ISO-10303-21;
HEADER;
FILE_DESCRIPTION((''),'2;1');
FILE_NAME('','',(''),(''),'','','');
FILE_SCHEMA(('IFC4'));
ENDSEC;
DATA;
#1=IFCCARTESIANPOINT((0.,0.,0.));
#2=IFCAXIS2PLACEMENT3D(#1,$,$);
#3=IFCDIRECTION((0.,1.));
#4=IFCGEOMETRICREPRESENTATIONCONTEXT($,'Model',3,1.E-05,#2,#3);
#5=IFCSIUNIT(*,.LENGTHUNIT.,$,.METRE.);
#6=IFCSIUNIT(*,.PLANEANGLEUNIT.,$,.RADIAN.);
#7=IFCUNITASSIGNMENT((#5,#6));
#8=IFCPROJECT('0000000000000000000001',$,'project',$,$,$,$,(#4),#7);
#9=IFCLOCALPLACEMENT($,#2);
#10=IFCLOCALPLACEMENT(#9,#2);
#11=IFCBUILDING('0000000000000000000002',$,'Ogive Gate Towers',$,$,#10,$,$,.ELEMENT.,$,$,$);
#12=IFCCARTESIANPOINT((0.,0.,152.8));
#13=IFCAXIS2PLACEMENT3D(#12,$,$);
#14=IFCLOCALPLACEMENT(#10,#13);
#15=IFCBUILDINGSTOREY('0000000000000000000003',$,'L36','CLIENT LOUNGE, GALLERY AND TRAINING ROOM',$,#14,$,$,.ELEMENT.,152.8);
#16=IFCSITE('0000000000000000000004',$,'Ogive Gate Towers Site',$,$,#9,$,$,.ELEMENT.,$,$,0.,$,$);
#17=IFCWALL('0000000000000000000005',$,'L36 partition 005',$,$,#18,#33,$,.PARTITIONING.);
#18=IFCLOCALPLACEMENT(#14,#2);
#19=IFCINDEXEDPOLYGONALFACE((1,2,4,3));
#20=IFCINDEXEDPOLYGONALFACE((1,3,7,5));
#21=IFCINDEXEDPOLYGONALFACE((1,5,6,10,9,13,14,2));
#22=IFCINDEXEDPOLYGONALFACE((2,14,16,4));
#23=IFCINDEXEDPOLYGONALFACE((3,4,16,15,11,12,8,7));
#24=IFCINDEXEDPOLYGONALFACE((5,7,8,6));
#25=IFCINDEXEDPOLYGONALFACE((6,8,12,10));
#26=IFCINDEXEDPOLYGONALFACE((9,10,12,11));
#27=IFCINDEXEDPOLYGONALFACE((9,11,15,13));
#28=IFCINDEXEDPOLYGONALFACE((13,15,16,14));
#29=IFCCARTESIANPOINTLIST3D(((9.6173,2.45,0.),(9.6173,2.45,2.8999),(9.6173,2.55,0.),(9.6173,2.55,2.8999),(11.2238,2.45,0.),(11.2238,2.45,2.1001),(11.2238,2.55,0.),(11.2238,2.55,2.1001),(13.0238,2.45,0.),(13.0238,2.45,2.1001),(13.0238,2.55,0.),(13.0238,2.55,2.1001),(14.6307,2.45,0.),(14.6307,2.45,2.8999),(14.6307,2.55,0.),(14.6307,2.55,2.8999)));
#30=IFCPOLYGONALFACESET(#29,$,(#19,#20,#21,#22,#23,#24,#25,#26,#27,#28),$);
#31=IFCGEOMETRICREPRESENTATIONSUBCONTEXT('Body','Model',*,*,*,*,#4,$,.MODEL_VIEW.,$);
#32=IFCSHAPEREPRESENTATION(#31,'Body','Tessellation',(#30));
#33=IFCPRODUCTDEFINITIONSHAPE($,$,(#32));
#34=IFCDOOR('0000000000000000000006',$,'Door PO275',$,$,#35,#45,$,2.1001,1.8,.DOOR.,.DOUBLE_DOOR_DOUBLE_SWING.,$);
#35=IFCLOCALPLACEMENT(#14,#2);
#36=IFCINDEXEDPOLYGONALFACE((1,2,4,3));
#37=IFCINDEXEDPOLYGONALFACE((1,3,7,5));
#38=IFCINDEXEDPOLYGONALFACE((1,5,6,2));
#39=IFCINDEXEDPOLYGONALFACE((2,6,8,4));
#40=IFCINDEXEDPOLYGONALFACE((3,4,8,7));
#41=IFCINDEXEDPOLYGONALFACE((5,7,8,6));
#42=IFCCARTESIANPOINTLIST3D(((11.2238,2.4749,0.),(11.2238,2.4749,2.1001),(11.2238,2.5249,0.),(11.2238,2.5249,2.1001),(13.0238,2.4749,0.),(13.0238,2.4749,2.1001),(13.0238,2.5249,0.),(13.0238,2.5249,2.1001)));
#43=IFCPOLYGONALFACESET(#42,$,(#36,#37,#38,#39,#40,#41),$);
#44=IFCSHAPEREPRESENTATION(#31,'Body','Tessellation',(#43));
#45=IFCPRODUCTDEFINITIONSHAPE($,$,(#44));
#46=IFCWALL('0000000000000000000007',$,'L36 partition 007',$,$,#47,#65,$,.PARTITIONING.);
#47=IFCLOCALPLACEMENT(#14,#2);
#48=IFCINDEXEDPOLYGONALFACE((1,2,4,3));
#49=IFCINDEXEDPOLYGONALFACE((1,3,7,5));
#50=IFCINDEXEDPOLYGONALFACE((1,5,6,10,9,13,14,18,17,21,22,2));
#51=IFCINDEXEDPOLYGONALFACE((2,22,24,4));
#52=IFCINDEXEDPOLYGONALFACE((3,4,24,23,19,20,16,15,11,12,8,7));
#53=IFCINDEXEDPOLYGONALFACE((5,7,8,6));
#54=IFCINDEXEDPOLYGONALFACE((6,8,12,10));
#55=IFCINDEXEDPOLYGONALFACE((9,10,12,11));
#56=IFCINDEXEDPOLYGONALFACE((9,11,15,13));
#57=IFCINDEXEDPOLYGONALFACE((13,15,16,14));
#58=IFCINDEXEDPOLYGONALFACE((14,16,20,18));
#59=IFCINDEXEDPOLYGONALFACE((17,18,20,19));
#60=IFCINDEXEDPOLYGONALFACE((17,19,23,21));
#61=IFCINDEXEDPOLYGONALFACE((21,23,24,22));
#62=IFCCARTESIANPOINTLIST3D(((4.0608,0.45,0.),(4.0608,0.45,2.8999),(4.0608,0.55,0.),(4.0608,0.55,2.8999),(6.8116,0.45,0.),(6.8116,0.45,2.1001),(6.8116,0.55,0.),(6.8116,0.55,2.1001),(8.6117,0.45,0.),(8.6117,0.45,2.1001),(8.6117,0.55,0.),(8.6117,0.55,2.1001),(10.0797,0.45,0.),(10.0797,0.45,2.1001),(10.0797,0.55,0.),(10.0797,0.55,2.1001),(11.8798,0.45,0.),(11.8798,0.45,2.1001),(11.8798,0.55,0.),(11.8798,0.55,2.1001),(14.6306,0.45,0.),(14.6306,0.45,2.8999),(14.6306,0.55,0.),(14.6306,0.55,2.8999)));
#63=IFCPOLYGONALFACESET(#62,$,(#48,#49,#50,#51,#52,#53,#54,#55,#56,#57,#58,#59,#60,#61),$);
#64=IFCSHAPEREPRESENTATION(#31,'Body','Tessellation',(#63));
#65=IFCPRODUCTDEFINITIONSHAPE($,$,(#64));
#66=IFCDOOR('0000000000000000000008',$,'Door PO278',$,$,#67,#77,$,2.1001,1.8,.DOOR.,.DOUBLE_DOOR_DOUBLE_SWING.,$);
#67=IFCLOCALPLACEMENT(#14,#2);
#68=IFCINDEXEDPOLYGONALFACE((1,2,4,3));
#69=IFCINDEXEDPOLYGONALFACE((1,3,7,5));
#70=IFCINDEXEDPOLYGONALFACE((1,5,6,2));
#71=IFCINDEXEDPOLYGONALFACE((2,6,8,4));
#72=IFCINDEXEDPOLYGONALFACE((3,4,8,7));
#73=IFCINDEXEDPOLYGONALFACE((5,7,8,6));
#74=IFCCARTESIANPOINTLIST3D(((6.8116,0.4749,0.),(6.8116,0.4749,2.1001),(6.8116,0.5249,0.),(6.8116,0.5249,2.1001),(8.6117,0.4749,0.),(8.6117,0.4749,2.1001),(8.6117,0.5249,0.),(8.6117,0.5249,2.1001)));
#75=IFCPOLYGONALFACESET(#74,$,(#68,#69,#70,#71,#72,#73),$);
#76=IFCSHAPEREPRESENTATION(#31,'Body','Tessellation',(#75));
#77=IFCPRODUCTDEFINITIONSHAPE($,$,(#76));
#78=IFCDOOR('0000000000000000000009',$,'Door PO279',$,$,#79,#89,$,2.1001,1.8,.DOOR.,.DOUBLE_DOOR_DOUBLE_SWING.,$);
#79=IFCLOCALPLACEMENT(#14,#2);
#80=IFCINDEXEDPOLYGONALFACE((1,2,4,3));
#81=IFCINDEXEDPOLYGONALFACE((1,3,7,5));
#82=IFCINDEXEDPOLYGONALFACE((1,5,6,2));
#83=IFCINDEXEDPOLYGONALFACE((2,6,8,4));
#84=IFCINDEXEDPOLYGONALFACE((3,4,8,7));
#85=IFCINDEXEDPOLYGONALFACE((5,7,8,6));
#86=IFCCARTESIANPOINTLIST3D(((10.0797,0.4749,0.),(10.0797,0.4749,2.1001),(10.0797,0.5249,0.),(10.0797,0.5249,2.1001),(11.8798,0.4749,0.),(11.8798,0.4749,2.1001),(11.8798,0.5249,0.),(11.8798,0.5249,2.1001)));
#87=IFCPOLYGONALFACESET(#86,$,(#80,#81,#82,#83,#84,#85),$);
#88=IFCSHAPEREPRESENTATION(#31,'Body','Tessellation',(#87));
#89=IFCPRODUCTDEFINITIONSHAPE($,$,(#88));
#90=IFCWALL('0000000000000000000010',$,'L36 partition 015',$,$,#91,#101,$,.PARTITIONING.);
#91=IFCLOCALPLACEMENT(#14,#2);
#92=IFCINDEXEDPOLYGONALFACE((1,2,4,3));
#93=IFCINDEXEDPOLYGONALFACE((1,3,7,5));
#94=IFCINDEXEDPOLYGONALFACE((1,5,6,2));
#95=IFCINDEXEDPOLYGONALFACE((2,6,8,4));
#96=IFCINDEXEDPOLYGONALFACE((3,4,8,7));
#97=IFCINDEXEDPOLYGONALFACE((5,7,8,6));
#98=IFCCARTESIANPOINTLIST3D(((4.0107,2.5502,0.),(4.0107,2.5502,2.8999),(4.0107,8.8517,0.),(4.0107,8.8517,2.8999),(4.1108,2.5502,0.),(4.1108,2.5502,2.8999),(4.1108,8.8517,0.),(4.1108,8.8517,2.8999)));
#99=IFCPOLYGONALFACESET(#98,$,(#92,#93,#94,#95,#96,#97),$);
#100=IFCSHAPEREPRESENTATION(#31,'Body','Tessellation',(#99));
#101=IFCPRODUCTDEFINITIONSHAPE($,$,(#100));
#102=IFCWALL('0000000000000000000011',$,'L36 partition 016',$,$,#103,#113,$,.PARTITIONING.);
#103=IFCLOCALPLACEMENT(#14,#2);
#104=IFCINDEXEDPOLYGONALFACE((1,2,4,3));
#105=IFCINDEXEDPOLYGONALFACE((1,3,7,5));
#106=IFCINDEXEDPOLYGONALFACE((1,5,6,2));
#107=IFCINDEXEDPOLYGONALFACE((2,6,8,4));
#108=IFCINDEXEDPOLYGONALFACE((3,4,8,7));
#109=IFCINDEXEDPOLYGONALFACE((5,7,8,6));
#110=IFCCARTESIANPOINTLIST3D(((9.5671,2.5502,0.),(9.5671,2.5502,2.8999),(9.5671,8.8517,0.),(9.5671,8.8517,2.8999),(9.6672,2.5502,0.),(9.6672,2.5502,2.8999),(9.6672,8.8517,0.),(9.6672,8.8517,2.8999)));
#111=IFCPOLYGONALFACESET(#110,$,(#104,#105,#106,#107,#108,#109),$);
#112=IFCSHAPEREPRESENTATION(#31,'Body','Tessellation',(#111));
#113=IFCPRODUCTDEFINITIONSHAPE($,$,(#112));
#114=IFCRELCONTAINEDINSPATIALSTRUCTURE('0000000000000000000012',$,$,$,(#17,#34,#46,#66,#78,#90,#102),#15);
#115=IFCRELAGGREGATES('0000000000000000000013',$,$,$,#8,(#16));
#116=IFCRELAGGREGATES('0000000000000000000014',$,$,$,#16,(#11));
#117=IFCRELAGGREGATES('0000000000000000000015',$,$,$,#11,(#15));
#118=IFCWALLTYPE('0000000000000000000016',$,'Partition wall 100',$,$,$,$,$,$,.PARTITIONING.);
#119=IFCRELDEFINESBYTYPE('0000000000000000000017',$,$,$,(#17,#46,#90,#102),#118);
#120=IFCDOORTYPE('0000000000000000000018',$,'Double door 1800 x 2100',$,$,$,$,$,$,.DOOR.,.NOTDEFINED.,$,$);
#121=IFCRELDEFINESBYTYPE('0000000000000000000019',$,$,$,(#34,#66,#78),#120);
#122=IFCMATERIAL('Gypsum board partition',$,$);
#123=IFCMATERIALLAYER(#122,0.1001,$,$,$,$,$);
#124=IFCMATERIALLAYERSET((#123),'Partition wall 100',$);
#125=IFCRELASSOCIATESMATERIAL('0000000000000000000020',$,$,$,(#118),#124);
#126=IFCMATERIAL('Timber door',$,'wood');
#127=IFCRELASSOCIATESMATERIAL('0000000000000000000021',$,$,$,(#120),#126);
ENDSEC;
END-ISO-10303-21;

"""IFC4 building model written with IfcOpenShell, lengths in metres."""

from ifc_helpers import new_model, si_unit, direction, frame, frame_2d, origin, place, context, subcontext, project, spatial, rectangle, extrude, material, layer, layer_set, type_object, element, fill, save


model = new_model("IFC4")

# Units and contexts
model_context = context("Model", 3, precision=1e-05, world=origin(), true_north=direction((0.0, 1.0)))
body_context = subcontext(model_context, "Body", "Model", "MODEL_VIEW")
ifc_project = project(units=[si_unit("LENGTHUNIT", "METRE"), si_unit("PLANEANGLEUNIT", "RADIAN")], contexts=[model_context])

# Site, building, storey
site_placement = place(None, origin())
site = spatial("IfcSite", under=ifc_project, at=site_placement, Name="Ogive Gate Towers Site", CompositionType="ELEMENT", RefElevation=0.0)
building_placement = place(site_placement, origin())
building = spatial("IfcBuilding", under=site, at=building_placement, Name="Ogive Gate Towers", CompositionType="ELEMENT")
storey_placement = place(building_placement, frame((0.0, 0.0, 152.8)))
storey = spatial("IfcBuildingStorey", under=building, at=storey_placement, Name="L36", Description="CLIENT LOUNGE, GALLERY AND TRAINING ROOM", CompositionType="ELEMENT", Elevation=152.8)

# Shared definitions
ifc_material_1 = material(Name="Gypsum board partition")

# Wall, opening, door
ifc_layer_1 = layer(ifc_material_1, 0.1001)
ifc_layer_set_1 = layer_set([ifc_layer_1], Name="Partition wall 100")
wall_type_1 = type_object("IfcWallType", Name="Partition wall 100", PredefinedType="PARTITIONING", material=ifc_layer_set_1)
ifc_material_2 = material(Name="Timber door", Category="wood")
door_type = type_object("IfcDoorType", Name="Double door 1800 x 2100", OperationType="NOTDEFINED", PredefinedType="DOOR", material=ifc_material_2)
wall_1_placement = place(storey_placement, frame((9.6172, 2.5, 0.0), z_axis=(0.0, 0.0, 1.0), x_axis=(1.0, 0.0, 0.0)))
wall_1 = element("IfcWall", 1, at=wall_1_placement, inside=storey, type_object=wall_type_1, Name="L36 partition 005", PredefinedType="PARTITIONING", context=body_context, shape_type="SweptSolid", body=[
    extrude(rectangle(XDim=5.0134, YDim=0.1001, at=frame_2d((2.5068, 0.0))), origin(), (0.0, 0.0, 1.0), 2.8999),
])
opening_1_placement = place(wall_1_placement, frame((1.6067, 0.0, 0.0)))
opening_1 = element("IfcOpeningElement", 2, at=opening_1_placement, cuts=wall_1, PredefinedType="OPENING", context=body_context, shape_type="SweptSolid", body=[
    extrude(rectangle(XDim=1.8, YDim=2.1001, at=frame_2d((0.8999, 1.05))), frame((0.0, 0.0601, 0.0), z_axis=(0.0, -1.0, 0.0), x_axis=(1.0, 0.0, 0.0)), (0.0, 0.0, 1.0), 0.1201),
])
door_1_placement = place(opening_1_placement, origin())
door_1 = element("IfcDoor", 3, at=door_1_placement, inside=storey, type_object=door_type, Name="Door PO275", OperationType="DOUBLE_DOOR_DOUBLE_SWING", OverallHeight=2.1001, OverallWidth=1.8, PredefinedType="DOOR", context=body_context, shape_type="SweptSolid", body=[
    extrude(rectangle(XDim=1.8, YDim=2.1001, at=frame_2d((0.8999, 1.05))), frame((0.0, 0.0249, 0.0), z_axis=(0.0, -1.0, 0.0), x_axis=(1.0, 0.0, 0.0)), (0.0, 0.0, 1.0), 0.05),
])
fill(opening_1, door_1)

# Wall, openings, doors
wall_2_placement = place(storey_placement, frame((4.0608, 0.5, 0.0), z_axis=(0.0, 0.0, 1.0), x_axis=(1.0, 0.0, 0.0)))
wall_2 = element("IfcWall", 4, at=wall_2_placement, inside=storey, type_object=wall_type_1, Name="L36 partition 007", PredefinedType="PARTITIONING", context=body_context, shape_type="SweptSolid", body=[
    extrude(rectangle(XDim=10.5698, YDim=0.1001, at=frame_2d((5.2849, 0.0))), origin(), (0.0, 0.0, 1.0), 2.8999),
])
opening_2_placement = place(wall_2_placement, frame((2.751, 0.0, 0.0)))
opening_2 = element("IfcOpeningElement", 5, at=opening_2_placement, cuts=wall_2, PredefinedType="OPENING", context=body_context, shape_type="SweptSolid", body=[
    extrude(rectangle(XDim=1.8, YDim=2.1001, at=frame_2d((0.8999, 1.05))), frame((0.0, 0.0601, 0.0), z_axis=(0.0, -1.0, 0.0), x_axis=(1.0, 0.0, 0.0)), (0.0, 0.0, 1.0), 0.1201),
])
opening_3_placement = place(wall_2_placement, frame((6.019, 0.0, 0.0)))
opening_3 = element("IfcOpeningElement", 6, at=opening_3_placement, cuts=wall_2, PredefinedType="OPENING", context=body_context, shape_type="SweptSolid", body=[
    extrude(rectangle(XDim=1.8, YDim=2.1001, at=frame_2d((0.8999, 1.05))), frame((0.0, 0.0601, 0.0), z_axis=(0.0, -1.0, 0.0), x_axis=(1.0, 0.0, 0.0)), (0.0, 0.0, 1.0), 0.1201),
])
door_2_placement = place(opening_2_placement, origin())
door_2 = element("IfcDoor", 7, at=door_2_placement, inside=storey, type_object=door_type, Name="Door PO278", OperationType="DOUBLE_DOOR_DOUBLE_SWING", OverallHeight=2.1001, OverallWidth=1.8, PredefinedType="DOOR", context=body_context, shape_type="SweptSolid", body=[
    extrude(rectangle(XDim=1.8, YDim=2.1001, at=frame_2d((0.8999, 1.05))), frame((0.0, 0.0249, 0.0), z_axis=(0.0, -1.0, 0.0), x_axis=(1.0, 0.0, 0.0)), (0.0, 0.0, 1.0), 0.05),
])
fill(opening_2, door_2)
door_3_placement = place(opening_3_placement, origin())
door_3 = element("IfcDoor", 8, at=door_3_placement, inside=storey, type_object=door_type, Name="Door PO279", OperationType="DOUBLE_DOOR_DOUBLE_SWING", OverallHeight=2.1001, OverallWidth=1.8, PredefinedType="DOOR", context=body_context, shape_type="SweptSolid", body=[
    extrude(rectangle(XDim=1.8, YDim=2.1001, at=frame_2d((0.8999, 1.05))), frame((0.0, 0.0249, 0.0), z_axis=(0.0, -1.0, 0.0), x_axis=(1.0, 0.0, 0.0)), (0.0, 0.0, 1.0), 0.05),
])
fill(opening_3, door_3)

# Walls
for number, where, z_axis, x_axis, name in (
    (9, (4.0608, 2.55, 0.0), (0.0, 0.0, 1.0), (0.0, 1.0, 0.0), "L36 partition 015"),
    (10, (9.6172, 2.55, 0.0), (0.0, 0.0, 1.0), (0.0, 1.0, 0.0), "L36 partition 016"),
):
    element("IfcWall", number, at=place(storey_placement, frame(where, z_axis=z_axis, x_axis=x_axis)), inside=storey, type_object=wall_type_1, Name=name, PredefinedType="PARTITIONING", context=body_context, shape_type="SweptSolid", body=[
        extrude(rectangle(XDim=6.3015, YDim=0.1001, at=frame_2d((3.1509, 0.0))), origin(), (0.0, 0.0, 1.0), 2.8999),
    ])

save(model, "model.ifc")
